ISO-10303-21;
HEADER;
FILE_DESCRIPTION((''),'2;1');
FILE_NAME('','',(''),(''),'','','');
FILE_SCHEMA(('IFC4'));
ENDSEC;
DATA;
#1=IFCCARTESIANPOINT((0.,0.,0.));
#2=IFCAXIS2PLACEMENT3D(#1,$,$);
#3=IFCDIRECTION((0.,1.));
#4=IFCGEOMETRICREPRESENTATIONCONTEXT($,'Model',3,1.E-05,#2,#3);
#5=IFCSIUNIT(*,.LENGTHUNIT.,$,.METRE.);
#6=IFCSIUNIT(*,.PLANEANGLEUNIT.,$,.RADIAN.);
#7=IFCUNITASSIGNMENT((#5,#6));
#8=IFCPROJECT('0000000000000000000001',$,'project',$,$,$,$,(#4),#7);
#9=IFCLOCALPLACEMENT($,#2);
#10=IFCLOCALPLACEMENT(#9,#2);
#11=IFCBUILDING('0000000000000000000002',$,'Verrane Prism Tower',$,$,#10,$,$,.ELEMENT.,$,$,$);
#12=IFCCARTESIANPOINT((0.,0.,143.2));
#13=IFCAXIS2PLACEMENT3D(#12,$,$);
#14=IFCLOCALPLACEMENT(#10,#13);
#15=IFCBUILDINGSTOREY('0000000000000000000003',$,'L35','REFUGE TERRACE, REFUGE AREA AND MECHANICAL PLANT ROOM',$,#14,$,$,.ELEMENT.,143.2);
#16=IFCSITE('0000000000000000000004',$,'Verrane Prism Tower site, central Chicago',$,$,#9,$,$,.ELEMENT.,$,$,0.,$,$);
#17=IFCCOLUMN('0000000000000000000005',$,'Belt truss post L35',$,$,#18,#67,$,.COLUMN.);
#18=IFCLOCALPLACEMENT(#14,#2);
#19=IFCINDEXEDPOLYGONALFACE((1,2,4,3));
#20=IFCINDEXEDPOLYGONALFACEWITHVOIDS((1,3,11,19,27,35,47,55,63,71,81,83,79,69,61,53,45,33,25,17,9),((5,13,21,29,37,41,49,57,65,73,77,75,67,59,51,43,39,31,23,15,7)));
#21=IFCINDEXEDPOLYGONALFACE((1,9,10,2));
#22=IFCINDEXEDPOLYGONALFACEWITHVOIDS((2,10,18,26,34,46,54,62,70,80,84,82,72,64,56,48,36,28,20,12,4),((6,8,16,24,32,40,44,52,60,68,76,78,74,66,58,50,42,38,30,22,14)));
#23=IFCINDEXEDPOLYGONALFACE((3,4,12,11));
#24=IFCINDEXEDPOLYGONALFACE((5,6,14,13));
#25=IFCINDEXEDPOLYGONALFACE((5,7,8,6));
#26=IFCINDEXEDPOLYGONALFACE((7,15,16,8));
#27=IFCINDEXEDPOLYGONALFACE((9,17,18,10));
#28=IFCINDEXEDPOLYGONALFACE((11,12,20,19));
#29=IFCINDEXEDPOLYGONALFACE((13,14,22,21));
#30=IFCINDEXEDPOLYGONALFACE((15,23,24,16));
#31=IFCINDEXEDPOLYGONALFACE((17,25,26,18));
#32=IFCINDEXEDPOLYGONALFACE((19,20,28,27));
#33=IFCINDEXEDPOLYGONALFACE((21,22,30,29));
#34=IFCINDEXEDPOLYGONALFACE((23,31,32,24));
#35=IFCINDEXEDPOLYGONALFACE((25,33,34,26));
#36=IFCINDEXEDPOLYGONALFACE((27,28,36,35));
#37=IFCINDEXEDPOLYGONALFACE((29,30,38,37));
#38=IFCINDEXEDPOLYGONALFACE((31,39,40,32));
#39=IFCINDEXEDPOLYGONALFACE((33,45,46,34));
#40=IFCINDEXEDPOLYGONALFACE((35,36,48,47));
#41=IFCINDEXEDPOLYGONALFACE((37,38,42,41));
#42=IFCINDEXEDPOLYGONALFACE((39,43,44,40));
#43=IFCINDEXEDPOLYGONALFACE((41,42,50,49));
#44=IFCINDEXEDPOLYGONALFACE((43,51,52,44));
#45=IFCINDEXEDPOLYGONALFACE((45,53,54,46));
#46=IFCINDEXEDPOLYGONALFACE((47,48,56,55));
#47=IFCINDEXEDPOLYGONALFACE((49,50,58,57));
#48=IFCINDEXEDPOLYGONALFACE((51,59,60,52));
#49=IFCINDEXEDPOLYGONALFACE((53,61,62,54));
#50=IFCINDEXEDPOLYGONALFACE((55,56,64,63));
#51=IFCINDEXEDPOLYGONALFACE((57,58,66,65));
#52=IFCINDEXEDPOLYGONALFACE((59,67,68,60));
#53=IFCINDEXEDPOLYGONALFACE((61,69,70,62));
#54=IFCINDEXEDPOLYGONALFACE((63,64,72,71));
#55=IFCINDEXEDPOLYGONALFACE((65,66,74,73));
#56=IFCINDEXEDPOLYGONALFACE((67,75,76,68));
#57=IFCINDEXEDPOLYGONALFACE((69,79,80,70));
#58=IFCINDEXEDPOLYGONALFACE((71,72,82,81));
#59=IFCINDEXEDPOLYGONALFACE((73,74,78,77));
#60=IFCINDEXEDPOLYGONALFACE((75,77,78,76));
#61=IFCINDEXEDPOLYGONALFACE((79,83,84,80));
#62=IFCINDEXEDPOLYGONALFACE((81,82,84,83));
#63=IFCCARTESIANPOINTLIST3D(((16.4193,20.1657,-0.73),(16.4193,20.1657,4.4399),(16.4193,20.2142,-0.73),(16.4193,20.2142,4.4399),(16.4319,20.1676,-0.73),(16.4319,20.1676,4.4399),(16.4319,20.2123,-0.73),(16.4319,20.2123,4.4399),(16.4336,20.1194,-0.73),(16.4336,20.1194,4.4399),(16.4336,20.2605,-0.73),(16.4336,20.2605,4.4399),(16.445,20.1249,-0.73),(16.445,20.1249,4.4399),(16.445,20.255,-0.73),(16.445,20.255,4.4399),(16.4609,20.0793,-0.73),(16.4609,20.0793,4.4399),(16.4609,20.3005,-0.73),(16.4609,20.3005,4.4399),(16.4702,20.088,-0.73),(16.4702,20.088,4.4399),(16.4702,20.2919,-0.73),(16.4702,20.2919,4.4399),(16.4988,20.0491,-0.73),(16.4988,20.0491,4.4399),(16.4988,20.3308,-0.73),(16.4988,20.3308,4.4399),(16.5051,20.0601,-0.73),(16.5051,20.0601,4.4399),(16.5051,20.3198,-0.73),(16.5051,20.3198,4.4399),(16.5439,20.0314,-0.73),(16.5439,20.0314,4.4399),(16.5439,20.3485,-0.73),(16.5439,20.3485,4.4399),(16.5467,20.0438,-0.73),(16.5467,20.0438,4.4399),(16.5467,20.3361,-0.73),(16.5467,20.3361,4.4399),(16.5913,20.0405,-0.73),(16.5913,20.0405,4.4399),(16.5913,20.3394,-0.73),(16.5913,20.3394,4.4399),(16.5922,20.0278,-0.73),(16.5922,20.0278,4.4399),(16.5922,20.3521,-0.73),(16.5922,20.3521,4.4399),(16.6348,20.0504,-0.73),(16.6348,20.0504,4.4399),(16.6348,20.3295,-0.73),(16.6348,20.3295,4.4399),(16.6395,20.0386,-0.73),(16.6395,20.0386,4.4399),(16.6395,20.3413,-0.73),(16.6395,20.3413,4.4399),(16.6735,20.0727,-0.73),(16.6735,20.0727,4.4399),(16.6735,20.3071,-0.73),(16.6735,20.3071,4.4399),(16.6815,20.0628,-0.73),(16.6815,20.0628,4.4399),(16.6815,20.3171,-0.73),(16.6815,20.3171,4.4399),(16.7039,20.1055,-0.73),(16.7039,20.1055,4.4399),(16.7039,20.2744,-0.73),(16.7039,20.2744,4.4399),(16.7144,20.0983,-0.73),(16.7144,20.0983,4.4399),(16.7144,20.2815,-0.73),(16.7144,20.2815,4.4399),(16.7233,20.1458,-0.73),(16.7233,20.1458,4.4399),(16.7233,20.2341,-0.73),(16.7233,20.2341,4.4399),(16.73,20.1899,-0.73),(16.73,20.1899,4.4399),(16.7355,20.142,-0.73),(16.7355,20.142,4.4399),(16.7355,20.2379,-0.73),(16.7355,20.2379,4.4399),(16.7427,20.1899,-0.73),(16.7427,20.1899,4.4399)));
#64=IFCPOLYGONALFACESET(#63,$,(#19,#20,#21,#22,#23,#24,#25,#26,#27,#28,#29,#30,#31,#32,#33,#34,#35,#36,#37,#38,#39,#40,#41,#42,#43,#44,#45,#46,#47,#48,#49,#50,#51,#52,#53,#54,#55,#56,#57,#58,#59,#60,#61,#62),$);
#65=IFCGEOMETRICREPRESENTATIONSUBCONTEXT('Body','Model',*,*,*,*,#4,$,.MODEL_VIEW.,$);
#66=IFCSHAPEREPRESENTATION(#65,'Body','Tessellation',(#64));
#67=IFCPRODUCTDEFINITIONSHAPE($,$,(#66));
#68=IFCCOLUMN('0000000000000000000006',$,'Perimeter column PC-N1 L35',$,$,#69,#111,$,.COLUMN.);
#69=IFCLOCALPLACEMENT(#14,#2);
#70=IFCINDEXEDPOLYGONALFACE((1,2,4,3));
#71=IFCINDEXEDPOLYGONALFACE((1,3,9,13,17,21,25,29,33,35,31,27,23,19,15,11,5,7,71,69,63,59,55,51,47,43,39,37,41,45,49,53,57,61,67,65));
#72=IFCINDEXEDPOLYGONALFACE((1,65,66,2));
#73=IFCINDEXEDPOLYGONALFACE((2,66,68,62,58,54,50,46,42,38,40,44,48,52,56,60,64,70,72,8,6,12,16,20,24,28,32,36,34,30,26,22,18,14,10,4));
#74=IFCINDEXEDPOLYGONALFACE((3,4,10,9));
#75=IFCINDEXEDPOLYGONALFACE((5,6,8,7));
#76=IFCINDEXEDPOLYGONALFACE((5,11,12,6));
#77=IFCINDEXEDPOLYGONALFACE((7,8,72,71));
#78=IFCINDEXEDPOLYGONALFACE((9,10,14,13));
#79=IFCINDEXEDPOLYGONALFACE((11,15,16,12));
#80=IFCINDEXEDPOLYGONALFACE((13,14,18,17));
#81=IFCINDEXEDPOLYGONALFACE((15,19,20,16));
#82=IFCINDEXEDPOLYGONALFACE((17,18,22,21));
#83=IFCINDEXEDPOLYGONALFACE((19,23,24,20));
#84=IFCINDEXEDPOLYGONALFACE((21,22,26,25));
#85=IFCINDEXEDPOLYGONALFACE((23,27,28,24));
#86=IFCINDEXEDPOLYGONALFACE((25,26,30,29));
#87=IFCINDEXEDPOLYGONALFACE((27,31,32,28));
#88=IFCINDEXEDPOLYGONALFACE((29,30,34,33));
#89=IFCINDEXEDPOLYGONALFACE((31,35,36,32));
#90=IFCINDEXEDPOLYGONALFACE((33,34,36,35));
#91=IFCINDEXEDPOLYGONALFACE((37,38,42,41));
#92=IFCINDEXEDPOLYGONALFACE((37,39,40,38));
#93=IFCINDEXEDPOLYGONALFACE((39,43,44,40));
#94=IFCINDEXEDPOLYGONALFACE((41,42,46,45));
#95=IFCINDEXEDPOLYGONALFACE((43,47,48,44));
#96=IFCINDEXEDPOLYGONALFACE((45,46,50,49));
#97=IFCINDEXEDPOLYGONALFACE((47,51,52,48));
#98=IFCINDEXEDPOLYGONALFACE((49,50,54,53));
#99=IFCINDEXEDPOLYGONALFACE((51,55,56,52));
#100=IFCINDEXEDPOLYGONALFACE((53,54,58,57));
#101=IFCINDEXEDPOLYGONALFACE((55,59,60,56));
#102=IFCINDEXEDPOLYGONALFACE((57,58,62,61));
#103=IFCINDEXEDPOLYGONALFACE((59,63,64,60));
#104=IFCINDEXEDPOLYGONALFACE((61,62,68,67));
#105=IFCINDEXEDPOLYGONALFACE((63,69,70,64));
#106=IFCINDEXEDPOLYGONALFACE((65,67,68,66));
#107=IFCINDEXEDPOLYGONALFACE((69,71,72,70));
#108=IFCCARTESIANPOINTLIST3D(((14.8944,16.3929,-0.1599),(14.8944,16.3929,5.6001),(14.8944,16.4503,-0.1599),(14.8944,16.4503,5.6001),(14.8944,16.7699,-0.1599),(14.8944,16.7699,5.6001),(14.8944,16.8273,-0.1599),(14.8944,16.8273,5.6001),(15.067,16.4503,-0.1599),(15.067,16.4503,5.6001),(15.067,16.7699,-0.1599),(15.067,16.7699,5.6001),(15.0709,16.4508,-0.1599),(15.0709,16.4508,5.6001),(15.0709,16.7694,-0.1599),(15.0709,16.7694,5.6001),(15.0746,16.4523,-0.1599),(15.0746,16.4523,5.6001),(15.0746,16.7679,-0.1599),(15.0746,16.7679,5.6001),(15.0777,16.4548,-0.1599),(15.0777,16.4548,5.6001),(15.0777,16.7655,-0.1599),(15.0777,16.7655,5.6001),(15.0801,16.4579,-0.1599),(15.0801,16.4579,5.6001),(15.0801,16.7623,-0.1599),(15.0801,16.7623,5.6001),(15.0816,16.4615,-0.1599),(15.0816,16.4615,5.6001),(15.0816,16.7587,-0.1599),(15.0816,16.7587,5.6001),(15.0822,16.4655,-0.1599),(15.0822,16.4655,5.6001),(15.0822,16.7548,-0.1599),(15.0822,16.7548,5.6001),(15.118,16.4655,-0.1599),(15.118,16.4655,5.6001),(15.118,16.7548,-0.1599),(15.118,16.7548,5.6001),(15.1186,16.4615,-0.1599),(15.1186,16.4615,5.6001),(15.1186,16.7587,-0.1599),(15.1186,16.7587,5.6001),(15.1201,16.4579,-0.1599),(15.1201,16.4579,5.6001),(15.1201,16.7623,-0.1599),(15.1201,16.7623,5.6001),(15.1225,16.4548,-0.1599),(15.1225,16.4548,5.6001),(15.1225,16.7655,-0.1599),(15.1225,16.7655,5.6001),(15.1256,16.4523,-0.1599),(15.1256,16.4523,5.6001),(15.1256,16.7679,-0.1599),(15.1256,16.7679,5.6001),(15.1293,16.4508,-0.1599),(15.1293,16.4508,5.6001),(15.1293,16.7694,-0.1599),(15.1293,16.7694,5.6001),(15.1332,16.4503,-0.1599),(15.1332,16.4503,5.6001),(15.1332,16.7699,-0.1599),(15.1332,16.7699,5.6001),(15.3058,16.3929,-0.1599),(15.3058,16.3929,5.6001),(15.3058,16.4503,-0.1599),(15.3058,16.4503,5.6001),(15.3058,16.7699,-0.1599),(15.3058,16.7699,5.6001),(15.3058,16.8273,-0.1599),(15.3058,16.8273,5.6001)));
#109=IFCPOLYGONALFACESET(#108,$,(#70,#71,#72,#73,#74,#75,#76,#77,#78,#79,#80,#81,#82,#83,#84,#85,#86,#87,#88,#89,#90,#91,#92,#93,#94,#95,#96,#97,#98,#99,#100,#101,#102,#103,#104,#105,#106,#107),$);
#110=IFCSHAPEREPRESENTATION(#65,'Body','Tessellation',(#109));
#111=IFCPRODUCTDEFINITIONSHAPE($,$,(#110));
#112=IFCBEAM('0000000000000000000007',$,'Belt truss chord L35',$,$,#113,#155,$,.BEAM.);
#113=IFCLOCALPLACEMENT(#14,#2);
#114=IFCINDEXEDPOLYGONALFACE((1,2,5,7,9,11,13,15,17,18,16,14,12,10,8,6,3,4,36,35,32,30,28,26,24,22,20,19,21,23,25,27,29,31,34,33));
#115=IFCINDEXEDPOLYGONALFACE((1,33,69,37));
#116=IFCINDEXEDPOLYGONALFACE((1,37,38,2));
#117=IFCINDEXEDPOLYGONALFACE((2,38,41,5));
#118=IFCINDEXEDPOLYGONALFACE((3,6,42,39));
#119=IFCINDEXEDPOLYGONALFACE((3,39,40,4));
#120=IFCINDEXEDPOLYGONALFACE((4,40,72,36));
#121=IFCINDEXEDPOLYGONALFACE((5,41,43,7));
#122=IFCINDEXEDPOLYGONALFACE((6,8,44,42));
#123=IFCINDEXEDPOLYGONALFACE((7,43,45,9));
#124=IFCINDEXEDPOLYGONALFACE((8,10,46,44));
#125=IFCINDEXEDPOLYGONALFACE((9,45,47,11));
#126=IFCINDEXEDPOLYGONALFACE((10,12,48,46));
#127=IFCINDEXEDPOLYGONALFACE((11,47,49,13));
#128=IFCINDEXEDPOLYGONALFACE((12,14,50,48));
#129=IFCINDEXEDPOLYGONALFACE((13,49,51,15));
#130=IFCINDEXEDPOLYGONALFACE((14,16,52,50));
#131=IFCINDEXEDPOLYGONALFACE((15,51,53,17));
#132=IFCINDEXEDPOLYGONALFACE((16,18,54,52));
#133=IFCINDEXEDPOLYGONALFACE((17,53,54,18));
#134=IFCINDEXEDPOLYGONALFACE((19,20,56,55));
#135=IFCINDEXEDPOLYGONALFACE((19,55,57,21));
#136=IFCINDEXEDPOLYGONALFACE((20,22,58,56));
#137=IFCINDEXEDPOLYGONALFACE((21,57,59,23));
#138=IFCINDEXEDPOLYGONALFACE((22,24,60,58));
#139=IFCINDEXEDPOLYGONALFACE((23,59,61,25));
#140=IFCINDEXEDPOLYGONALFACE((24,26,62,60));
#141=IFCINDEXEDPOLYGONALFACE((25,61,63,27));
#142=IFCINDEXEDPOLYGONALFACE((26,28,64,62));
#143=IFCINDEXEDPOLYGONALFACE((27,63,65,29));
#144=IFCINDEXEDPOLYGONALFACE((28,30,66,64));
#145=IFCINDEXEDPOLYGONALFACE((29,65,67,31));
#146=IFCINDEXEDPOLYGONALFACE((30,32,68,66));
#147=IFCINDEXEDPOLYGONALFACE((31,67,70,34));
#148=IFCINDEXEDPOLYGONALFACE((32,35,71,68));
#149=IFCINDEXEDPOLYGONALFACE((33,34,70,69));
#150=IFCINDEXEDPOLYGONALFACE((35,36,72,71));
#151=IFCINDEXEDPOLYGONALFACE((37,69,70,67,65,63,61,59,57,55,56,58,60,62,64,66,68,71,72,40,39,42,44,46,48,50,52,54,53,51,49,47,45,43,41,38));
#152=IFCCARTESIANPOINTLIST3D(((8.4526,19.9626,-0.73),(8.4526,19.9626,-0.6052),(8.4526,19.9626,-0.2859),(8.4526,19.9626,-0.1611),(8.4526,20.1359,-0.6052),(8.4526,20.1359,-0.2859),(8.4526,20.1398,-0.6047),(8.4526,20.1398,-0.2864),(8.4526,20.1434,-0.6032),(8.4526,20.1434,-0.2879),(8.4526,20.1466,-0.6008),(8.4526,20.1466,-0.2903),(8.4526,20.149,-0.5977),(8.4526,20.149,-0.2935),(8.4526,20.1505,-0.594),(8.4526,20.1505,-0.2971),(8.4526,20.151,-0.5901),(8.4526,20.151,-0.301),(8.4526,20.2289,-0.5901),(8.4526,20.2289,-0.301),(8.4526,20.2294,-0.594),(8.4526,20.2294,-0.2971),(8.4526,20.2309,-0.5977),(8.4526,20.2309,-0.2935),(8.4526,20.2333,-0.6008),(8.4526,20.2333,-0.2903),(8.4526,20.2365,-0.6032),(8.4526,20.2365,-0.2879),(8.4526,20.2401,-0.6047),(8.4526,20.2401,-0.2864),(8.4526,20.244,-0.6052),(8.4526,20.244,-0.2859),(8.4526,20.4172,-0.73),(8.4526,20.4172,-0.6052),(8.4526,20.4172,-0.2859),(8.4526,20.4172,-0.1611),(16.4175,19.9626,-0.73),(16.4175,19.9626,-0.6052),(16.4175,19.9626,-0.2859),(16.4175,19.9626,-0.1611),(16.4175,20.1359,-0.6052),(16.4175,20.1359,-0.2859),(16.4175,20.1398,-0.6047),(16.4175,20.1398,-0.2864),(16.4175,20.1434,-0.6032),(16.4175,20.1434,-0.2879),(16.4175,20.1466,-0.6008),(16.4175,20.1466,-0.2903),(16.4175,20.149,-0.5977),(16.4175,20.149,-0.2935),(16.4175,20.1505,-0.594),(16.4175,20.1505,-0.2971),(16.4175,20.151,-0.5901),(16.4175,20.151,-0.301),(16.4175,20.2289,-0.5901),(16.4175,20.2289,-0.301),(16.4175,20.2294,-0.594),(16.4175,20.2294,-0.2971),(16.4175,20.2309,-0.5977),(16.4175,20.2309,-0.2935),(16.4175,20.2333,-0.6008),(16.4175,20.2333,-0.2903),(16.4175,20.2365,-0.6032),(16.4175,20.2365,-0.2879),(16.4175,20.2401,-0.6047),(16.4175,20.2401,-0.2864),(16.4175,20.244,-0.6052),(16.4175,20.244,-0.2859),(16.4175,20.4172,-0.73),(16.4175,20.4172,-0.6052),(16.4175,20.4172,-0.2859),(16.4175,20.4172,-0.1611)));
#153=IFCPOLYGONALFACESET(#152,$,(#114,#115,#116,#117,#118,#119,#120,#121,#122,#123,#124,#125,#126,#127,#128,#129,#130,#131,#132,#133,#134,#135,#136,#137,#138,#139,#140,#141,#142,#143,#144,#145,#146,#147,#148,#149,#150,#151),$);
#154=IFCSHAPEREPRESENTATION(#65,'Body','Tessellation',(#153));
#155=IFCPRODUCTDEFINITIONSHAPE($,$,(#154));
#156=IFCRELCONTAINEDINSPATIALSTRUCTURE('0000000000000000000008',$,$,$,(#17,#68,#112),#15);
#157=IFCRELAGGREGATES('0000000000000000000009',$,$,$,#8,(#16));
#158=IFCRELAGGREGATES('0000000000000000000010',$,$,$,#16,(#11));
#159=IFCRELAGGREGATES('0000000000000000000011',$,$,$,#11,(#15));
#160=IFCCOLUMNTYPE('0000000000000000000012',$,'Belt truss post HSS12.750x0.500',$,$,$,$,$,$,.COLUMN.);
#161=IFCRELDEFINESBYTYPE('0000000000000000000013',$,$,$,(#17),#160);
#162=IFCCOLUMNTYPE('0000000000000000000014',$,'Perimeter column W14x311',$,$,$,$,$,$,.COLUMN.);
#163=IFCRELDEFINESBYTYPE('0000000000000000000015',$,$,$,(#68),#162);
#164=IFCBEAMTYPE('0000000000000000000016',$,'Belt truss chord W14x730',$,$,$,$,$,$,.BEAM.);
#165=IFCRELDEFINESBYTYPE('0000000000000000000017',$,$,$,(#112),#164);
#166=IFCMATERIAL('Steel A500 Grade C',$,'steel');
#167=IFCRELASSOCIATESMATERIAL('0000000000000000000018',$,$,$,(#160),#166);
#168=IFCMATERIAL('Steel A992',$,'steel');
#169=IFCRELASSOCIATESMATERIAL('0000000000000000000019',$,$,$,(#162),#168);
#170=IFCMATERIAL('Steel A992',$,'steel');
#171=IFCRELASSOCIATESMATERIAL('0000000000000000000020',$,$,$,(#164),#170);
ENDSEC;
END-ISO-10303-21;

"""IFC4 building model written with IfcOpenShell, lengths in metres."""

from ifc_helpers import new_model, si_unit, direction, frame, origin, origin_2d, place, context, subcontext, project, spatial, hollow_circle, i_section, extrude, material, material_profile, profile_set, type_object, element, save


model = new_model("IFC4")

# Units and contexts
model_context = context("Model", 3, precision=1e-05, world=origin(), true_north=direction((0.0, 1.0)))
body_context = subcontext(model_context, "Body", "Model", "MODEL_VIEW")
ifc_project = project(units=[si_unit("LENGTHUNIT", "METRE"), si_unit("PLANEANGLEUNIT", "RADIAN")], contexts=[model_context])

# Site, building, storey
site_placement = place(None, origin())
site = spatial("IfcSite", under=ifc_project, at=site_placement, Name="Verrane Prism Tower site, central Chicago", CompositionType="ELEMENT", RefElevation=0.0)
building_placement = place(site_placement, origin())
building = spatial("IfcBuilding", under=site, at=building_placement, Name="Verrane Prism Tower", CompositionType="ELEMENT")
storey_placement = place(building_placement, frame((0.0, 0.0, 143.2)))
storey = spatial("IfcBuildingStorey", under=building, at=storey_placement, Name="L35", Description="REFUGE TERRACE, REFUGE AREA AND MECHANICAL PLANT ROOM", CompositionType="ELEMENT", Elevation=143.2)

# Columns
ifc_material_1 = material(Name="Steel A500 Grade C", Category="steel")
ifc_material_profile_1 = material_profile(ifc_material_1, hollow_circle(Radius=0.1626, WallThickness=0.0127, at=origin_2d()), Name="HSS12.750x0.500")
ifc_profile_set_1 = profile_set([ifc_material_profile_1], Name="Steel A500 Grade C")
column_type_1 = type_object("IfcColumnType", Name="Belt truss post HSS12.750x0.500", PredefinedType="COLUMN", material=ifc_profile_set_1)
column_1_placement = place(storey_placement, frame((16.5801, 20.1899, -0.73), z_axis=(0.0, 0.0, 1.0), x_axis=(1.0, 0.0, 0.0)))
element("IfcColumn", 1, at=column_1_placement, inside=storey, type_object=column_type_1, Name="Belt truss post L35", PredefinedType="COLUMN", context=body_context, shape_type="SweptSolid", body=[
    extrude(hollow_circle(Radius=0.1626, WallThickness=0.0127, at=origin_2d()), origin(), (0.0, 0.0, 1.0), 5.1699),
])
ifc_material_2 = material(Name="Steel A992", Category="steel")
ifc_material_profile_2 = material_profile(ifc_material_2, i_section(OverallWidth=0.4114, OverallDepth=0.4343, WebThickness=0.0359, FlangeThickness=0.0574, FilletRadius=0.0151, at=origin_2d()), Name="W14x311")
ifc_profile_set_2 = profile_set([ifc_material_profile_2], Name="Steel A992")
column_type_2 = type_object("IfcColumnType", Name="Perimeter column W14x311", PredefinedType="COLUMN", material=ifc_profile_set_2)
column_2_placement = place(storey_placement, frame((15.1001, 16.6101, -0.1599), z_axis=(0.0, 0.0, 1.0), x_axis=(1.0, 0.0, 0.0)))
element("IfcColumn", 2, at=column_2_placement, inside=storey, type_object=column_type_2, Name="Perimeter column PC-N1 L35", PredefinedType="COLUMN", context=body_context, shape_type="SweptSolid", body=[
    extrude(i_section(OverallWidth=0.4114, OverallDepth=0.4343, WebThickness=0.0359, FlangeThickness=0.0574, FilletRadius=0.0151, at=origin_2d()), origin(), (0.0, 0.0, 1.0), 5.76),
])

# Beam
ifc_material_3 = material(Name="Steel A992", Category="steel")
ifc_material_profile_3 = material_profile(ifc_material_3, i_section(OverallWidth=0.4546, OverallDepth=0.5688, WebThickness=0.0779, FlangeThickness=0.1248, FilletRadius=0.0151, at=origin_2d()), Name="W14x730")
ifc_profile_set_3 = profile_set([ifc_material_profile_3], Name="Steel A992")
beam_type_1 = type_object("IfcBeamType", Name="Belt truss chord W14x730", PredefinedType="BEAM", material=ifc_profile_set_3)
beam_1_placement = place(storey_placement, frame((16.4175, 20.1899, -0.4456), z_axis=(-1.0, 0.0, 0.0), x_axis=(0.0, -1.0, 0.0)))
element("IfcBeam", 3, at=beam_1_placement, inside=storey, type_object=beam_type_1, Name="Belt truss chord L35", PredefinedType="BEAM", context=body_context, shape_type="SweptSolid", body=[
    extrude(i_section(OverallWidth=0.4546, OverallDepth=0.5688, WebThickness=0.0779, FlangeThickness=0.1248, FilletRadius=0.0151, at=origin_2d()), origin(), (0.0, 0.0, 1.0), 7.9648),
])

save(model, "model.ifc")
